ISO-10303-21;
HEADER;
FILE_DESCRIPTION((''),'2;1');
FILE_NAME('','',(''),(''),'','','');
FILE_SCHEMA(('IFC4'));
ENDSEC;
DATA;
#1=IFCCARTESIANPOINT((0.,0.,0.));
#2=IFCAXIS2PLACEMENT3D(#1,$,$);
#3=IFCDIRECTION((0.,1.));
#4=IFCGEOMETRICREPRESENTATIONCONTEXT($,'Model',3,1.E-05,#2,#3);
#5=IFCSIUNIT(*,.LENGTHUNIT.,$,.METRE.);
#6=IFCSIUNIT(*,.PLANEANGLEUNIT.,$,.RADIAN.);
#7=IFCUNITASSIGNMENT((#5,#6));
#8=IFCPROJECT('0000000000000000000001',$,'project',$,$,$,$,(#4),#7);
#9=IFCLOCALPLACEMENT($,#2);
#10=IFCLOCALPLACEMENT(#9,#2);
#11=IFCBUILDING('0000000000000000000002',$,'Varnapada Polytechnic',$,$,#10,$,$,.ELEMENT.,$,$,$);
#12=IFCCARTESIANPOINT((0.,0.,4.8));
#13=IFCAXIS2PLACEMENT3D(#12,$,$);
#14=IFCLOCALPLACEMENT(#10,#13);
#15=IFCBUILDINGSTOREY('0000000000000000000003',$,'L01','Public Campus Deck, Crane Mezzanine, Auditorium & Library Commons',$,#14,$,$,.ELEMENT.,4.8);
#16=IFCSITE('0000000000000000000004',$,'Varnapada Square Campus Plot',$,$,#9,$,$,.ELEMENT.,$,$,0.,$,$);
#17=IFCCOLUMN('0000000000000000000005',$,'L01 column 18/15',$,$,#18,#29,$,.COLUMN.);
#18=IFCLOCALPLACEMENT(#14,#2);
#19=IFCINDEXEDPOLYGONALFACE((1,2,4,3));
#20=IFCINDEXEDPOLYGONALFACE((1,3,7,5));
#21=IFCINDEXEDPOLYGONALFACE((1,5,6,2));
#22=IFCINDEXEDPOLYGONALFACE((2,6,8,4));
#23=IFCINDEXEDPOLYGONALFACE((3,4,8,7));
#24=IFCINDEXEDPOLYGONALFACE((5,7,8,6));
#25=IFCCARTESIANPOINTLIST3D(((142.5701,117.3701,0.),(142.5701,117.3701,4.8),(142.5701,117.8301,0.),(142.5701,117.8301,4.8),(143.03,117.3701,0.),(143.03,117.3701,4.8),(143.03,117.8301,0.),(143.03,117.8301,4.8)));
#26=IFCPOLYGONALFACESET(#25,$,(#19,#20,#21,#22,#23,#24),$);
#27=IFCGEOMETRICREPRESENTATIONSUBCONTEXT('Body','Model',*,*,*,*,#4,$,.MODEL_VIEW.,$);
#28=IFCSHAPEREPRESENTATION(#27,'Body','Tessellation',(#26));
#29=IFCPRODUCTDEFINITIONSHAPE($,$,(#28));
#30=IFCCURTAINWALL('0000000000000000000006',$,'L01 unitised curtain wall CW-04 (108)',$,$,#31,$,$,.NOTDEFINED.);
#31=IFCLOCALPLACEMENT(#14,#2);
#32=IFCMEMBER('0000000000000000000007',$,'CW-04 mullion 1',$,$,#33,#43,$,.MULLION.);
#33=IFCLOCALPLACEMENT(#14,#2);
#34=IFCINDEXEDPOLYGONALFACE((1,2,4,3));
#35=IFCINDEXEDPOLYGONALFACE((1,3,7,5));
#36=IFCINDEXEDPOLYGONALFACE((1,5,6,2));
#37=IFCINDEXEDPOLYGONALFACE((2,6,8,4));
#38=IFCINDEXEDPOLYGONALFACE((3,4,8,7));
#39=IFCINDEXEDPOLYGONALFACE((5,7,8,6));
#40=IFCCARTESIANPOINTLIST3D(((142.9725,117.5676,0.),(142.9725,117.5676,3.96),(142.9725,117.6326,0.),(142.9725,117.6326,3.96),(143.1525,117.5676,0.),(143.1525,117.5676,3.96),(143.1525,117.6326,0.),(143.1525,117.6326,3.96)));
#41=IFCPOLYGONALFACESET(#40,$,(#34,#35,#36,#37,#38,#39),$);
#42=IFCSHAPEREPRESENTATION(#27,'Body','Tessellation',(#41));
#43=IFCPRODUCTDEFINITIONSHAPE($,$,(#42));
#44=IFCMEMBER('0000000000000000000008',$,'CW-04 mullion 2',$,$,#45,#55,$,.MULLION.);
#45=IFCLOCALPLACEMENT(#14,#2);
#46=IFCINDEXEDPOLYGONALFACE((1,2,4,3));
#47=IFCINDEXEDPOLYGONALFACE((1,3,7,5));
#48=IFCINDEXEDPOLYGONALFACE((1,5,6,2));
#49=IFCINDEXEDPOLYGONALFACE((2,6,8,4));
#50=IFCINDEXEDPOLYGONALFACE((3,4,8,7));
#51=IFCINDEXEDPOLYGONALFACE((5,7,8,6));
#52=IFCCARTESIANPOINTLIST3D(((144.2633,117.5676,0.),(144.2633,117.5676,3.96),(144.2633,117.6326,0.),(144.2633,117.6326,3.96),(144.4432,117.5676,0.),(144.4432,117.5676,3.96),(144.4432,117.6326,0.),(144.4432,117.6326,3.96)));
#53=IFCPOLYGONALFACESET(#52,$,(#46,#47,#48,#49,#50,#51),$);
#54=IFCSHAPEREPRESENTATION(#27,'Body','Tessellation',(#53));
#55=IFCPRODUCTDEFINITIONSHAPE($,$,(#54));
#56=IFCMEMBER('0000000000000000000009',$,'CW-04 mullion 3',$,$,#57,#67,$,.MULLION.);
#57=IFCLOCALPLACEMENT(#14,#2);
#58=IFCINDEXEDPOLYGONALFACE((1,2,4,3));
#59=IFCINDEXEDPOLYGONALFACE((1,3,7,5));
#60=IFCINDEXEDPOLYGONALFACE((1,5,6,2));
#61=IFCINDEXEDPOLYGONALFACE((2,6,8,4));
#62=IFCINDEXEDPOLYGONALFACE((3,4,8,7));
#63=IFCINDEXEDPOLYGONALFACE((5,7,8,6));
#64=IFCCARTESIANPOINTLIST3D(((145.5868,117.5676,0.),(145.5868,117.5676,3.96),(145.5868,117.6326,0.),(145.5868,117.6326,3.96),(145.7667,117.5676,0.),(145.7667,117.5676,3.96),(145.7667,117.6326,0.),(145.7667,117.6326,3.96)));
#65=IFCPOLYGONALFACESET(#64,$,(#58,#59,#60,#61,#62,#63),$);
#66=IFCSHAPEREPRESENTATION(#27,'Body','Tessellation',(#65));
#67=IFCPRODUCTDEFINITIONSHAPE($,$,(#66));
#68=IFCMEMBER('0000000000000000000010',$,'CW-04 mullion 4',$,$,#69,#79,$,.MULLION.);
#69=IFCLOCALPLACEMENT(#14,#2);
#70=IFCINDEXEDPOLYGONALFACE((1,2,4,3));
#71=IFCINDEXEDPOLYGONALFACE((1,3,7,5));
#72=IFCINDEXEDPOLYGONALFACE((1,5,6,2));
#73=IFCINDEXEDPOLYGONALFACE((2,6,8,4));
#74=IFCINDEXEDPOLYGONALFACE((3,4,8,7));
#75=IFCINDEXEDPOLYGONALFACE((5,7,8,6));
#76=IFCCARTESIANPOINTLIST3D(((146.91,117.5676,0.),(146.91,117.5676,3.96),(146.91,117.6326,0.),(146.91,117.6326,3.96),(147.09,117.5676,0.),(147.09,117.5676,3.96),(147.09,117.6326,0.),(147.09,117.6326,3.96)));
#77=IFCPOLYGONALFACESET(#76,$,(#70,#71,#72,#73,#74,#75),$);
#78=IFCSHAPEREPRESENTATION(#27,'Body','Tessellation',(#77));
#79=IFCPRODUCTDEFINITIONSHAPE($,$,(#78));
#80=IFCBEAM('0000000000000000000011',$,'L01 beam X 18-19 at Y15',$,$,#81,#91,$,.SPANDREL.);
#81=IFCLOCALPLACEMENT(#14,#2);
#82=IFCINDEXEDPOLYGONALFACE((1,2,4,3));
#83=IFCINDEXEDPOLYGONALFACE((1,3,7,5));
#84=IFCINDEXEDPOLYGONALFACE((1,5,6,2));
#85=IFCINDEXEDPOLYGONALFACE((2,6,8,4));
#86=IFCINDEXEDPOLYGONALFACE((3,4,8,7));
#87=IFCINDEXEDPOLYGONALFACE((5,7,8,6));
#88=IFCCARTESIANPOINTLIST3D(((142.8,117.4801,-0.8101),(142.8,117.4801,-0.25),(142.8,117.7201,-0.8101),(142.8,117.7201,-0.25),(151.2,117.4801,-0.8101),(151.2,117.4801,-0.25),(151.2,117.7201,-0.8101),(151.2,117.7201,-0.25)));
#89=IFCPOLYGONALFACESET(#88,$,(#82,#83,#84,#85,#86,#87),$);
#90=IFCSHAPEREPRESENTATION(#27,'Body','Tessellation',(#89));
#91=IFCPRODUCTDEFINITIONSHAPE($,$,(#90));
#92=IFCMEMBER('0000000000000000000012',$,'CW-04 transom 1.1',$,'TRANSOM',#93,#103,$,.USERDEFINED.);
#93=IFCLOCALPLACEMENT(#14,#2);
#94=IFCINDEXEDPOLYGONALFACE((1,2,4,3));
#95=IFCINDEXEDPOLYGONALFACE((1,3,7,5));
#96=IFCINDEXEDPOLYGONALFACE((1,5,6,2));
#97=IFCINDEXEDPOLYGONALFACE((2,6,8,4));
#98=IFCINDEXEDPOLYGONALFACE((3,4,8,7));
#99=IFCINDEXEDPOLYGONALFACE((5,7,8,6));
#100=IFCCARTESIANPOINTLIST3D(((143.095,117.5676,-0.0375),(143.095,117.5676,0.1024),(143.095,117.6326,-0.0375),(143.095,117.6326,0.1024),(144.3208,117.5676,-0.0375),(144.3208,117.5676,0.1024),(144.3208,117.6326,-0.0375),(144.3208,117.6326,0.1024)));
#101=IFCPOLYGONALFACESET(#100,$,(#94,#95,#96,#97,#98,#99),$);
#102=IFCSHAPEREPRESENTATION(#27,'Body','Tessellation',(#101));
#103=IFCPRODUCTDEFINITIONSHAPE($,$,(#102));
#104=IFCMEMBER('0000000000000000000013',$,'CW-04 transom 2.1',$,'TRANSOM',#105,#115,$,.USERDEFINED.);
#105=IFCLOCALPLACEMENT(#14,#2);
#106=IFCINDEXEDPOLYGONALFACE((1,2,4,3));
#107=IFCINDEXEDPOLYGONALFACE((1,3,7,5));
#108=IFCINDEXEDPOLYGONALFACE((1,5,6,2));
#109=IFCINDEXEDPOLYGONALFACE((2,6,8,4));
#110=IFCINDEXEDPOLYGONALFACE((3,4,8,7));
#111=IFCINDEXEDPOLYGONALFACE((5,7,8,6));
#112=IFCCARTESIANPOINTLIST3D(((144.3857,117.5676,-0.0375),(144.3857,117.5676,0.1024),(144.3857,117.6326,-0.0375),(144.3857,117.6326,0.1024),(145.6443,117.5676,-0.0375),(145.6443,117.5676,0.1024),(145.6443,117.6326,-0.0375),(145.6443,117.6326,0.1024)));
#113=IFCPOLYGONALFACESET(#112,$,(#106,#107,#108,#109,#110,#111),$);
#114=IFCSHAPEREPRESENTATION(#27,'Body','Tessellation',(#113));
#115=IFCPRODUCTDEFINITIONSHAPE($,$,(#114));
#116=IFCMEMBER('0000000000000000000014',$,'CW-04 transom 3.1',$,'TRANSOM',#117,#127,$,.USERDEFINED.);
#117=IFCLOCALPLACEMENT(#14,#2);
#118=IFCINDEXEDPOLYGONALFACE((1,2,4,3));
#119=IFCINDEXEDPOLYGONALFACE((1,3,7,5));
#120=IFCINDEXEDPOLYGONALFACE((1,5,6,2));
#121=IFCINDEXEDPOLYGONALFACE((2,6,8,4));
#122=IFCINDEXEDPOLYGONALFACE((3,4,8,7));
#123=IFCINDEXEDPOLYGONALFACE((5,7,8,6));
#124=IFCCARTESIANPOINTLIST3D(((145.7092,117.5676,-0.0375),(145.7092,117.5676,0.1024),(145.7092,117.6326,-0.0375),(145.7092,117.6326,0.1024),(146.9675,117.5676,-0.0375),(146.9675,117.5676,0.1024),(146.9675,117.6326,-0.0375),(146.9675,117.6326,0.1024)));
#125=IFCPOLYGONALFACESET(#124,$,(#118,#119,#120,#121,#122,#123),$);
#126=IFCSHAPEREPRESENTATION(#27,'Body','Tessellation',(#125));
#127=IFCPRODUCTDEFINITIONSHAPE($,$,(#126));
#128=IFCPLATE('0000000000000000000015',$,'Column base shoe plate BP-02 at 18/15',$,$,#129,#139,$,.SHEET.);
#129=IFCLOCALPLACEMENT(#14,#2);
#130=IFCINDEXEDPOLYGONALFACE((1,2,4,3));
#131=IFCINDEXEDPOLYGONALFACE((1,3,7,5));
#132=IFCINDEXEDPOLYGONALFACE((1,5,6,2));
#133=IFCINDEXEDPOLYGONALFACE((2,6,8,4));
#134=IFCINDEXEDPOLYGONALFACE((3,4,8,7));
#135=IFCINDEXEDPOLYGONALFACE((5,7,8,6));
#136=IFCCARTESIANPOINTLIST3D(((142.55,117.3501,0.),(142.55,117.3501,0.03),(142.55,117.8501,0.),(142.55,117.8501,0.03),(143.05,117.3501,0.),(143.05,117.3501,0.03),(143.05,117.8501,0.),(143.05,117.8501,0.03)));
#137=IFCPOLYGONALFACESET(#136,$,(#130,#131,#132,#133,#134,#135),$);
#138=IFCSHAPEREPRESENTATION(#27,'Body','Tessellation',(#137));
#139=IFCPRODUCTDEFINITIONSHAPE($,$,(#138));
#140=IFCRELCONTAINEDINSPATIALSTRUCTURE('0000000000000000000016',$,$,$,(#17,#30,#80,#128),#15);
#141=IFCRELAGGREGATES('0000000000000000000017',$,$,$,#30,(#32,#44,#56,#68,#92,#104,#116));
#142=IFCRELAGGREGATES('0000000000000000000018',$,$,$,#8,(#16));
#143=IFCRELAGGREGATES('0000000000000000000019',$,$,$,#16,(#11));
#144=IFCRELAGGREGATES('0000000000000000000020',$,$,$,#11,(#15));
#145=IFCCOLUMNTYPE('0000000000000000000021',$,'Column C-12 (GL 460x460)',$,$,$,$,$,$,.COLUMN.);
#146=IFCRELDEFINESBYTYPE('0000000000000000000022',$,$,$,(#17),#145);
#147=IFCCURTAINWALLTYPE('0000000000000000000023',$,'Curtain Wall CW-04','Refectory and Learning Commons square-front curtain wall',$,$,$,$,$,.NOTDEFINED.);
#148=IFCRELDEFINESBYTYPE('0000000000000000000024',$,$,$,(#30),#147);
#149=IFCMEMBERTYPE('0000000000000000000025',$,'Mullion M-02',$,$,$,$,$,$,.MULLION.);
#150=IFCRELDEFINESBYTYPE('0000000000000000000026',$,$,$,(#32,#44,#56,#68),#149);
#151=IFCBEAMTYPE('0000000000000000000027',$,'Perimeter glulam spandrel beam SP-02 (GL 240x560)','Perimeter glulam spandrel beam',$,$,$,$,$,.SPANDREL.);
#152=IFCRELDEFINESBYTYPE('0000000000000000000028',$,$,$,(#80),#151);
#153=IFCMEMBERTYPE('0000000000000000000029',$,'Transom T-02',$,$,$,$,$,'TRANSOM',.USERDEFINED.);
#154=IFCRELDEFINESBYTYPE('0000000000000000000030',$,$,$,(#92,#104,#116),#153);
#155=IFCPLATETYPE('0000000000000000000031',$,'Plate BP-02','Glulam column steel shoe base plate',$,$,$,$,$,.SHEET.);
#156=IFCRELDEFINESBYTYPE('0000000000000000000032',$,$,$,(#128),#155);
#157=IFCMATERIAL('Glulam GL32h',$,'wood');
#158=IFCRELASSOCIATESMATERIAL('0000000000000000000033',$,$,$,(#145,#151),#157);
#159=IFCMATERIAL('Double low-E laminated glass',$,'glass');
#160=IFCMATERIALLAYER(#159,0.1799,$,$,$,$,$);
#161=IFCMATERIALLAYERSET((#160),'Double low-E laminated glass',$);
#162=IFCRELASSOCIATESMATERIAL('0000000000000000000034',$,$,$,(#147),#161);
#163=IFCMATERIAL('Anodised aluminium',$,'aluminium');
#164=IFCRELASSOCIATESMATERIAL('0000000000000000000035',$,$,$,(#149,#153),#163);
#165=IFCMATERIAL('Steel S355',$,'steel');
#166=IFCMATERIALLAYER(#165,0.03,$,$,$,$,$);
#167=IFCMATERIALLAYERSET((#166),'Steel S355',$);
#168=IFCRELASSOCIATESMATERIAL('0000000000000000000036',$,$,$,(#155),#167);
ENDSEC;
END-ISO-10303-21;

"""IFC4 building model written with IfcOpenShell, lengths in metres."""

from ifc_helpers import new_model, si_unit, direction, frame, origin, origin_2d, place, context, subcontext, project, spatial, rectangle, extrude, material, layer, layer_set, material_profile, profile_set, type_object, element, aggregate, save


model = new_model("IFC4")

# Units and contexts
model_context = context("Model", 3, precision=1e-05, world=origin(), true_north=direction((0.0, 1.0)))
body_context = subcontext(model_context, "Body", "Model", "MODEL_VIEW")
ifc_project = project(units=[si_unit("LENGTHUNIT", "METRE"), si_unit("PLANEANGLEUNIT", "RADIAN")], contexts=[model_context])

# Site, building, storey
site_placement = place(None, origin())
site = spatial("IfcSite", under=ifc_project, at=site_placement, Name="Varnapada Square Campus Plot", CompositionType="ELEMENT", RefElevation=0.0)
building_placement = place(site_placement, origin())
building = spatial("IfcBuilding", under=site, at=building_placement, Name="Varnapada Polytechnic", CompositionType="ELEMENT")
storey_placement = place(building_placement, frame((0.0, 0.0, 4.8)))
storey = spatial("IfcBuildingStorey", under=building, at=storey_placement, Name="L01", Description="Public Campus Deck, Crane Mezzanine, Auditorium & Library Commons", CompositionType="ELEMENT", Elevation=4.8)

# Column
ifc_material_1 = material(Name="Glulam GL32h", Category="wood")
ifc_material_profile_1 = material_profile(ifc_material_1, rectangle(XDim=0.46, YDim=0.46, at=origin_2d()), Name="GL 460x460")
ifc_profile_set_1 = profile_set([ifc_material_profile_1], Name="Glulam GL32h")
column_type = type_object("IfcColumnType", Name="Column C-12 (GL 460x460)", PredefinedType="COLUMN", material=ifc_profile_set_1)
column_placement = place(storey_placement, frame((142.8, 117.6001, 0.0), z_axis=(0.0, 0.0, 1.0), x_axis=(1.0, 0.0, 0.0)))
element("IfcColumn", 1, at=column_placement, inside=storey, type_object=column_type, Name="L01 column 18/15", PredefinedType="COLUMN", context=body_context, shape_type="SweptSolid", body=[
    extrude(rectangle(XDim=0.46, YDim=0.46, at=origin_2d()), origin(), (0.0, 0.0, 1.0), 4.8),
])

# Curtain wall, members
ifc_material_2 = material(Name="Double low-E laminated glass", Category="glass")
ifc_layer_1 = layer(ifc_material_2, 0.1799)
ifc_layer_set_1 = layer_set([ifc_layer_1], Name="Double low-E laminated glass")
curtain_wall_type = type_object("IfcCurtainWallType", Name="Curtain Wall CW-04", Description="Refectory and Learning Commons square-front curtain wall", PredefinedType="NOTDEFINED", material=ifc_layer_set_1)
curtain_wall_placement = place(storey_placement, origin())
curtain_wall = element("IfcCurtainWall", 2, at=curtain_wall_placement, inside=storey, type_object=curtain_wall_type, Name="L01 unitised curtain wall CW-04 (108)", PredefinedType="NOTDEFINED")
ifc_material_3 = material(Name="Anodised aluminium", Category="aluminium")
ifc_material_profile_2 = material_profile(ifc_material_3, rectangle(XDim=0.0649, YDim=0.1799, at=origin_2d()), Name="ALU M65x180")
ifc_profile_set_2 = profile_set([ifc_material_profile_2], Name="Anodised aluminium")
member_type_1 = type_object("IfcMemberType", Name="Mullion M-02", PredefinedType="MULLION", material=ifc_profile_set_2)
member_1_placement = place(storey_placement, frame((143.0625, 117.6001, 0.0), z_axis=(0.0, 0.0, 1.0), x_axis=(0.0, 1.0, 0.0)))
member_1 = element("IfcMember", 3, at=member_1_placement, type_object=member_type_1, Name="CW-04 mullion 1", PredefinedType="MULLION", context=body_context, shape_type="SweptSolid", body=[
    extrude(rectangle(XDim=0.0649, YDim=0.1799, at=origin_2d()), origin(), (0.0, 0.0, 1.0), 3.96),
])
member_2_placement = place(storey_placement, frame((144.3533, 117.6001, 0.0), z_axis=(0.0, 0.0, 1.0), x_axis=(0.0, 1.0, 0.0)))
member_2 = element("IfcMember", 4, at=member_2_placement, type_object=member_type_1, Name="CW-04 mullion 2", PredefinedType="MULLION", context=body_context, shape_type="SweptSolid", body=[
    extrude(rectangle(XDim=0.0649, YDim=0.1799, at=origin_2d()), origin(), (0.0, 0.0, 1.0), 3.96),
])
member_3_placement = place(storey_placement, frame((145.6768, 117.6001, 0.0), z_axis=(0.0, 0.0, 1.0), x_axis=(0.0, 1.0, 0.0)))
member_3 = element("IfcMember", 5, at=member_3_placement, type_object=member_type_1, Name="CW-04 mullion 3", PredefinedType="MULLION", context=body_context, shape_type="SweptSolid", body=[
    extrude(rectangle(XDim=0.0649, YDim=0.1799, at=origin_2d()), origin(), (0.0, 0.0, 1.0), 3.96),
])
member_4_placement = place(storey_placement, frame((147.0, 117.6001, 0.0), z_axis=(0.0, 0.0, 1.0), x_axis=(0.0, 1.0, 0.0)))
member_4 = element("IfcMember", 6, at=member_4_placement, type_object=member_type_1, Name="CW-04 mullion 4", PredefinedType="MULLION", context=body_context, shape_type="SweptSolid", body=[
    extrude(rectangle(XDim=0.0649, YDim=0.1799, at=origin_2d()), origin(), (0.0, 0.0, 1.0), 3.96),
])

# Beam
ifc_material_profile_3 = material_profile(ifc_material_1, rectangle(XDim=0.24, YDim=0.5601, at=origin_2d()), Name="GL 240x560")
ifc_profile_set_3 = profile_set([ifc_material_profile_3], Name="Glulam GL32h")
beam_type = type_object("IfcBeamType", Name="Perimeter glulam spandrel beam SP-02 (GL 240x560)", Description="Perimeter glulam spandrel beam", PredefinedType="SPANDREL", material=ifc_profile_set_3)
beam_placement = place(storey_placement, frame((142.8, 117.6001, -0.53), z_axis=(1.0, 0.0, 0.0), x_axis=(0.0, 1.0, 0.0)))
element("IfcBeam", 7, at=beam_placement, inside=storey, type_object=beam_type, Name="L01 beam X 18-19 at Y15", PredefinedType="SPANDREL", context=body_context, shape_type="SweptSolid", body=[
    extrude(rectangle(XDim=0.24, YDim=0.5601, at=origin_2d()), origin(), (0.0, 0.0, 1.0), 8.3999),
])

# Members
ifc_material_profile_4 = material_profile(ifc_material_3, rectangle(XDim=0.0649, YDim=0.1399, at=origin_2d()), Name="ALU T65x140")
ifc_profile_set_4 = profile_set([ifc_material_profile_4], Name="Anodised aluminium")
member_type_2 = type_object("IfcMemberType", Name="Transom T-02", ElementType="TRANSOM", PredefinedType="USERDEFINED", material=ifc_profile_set_4)
member_5_placement = place(storey_placement, frame((143.095, 117.6001, 0.0325), z_axis=(1.0, 0.0, 0.0), x_axis=(0.0, 1.0, 0.0)))
member_5 = element("IfcMember", 8, at=member_5_placement, type_object=member_type_2, Name="CW-04 transom 1.1", ObjectType="TRANSOM", PredefinedType="USERDEFINED", context=body_context, shape_type="SweptSolid", body=[
    extrude(rectangle(XDim=0.0649, YDim=0.1399, at=origin_2d()), origin(), (0.0, 0.0, 1.0), 1.2258),
])
member_6_placement = place(storey_placement, frame((144.3857, 117.6001, 0.0325), z_axis=(1.0, 0.0, 0.0), x_axis=(0.0, 1.0, 0.0)))
member_6 = element("IfcMember", 9, at=member_6_placement, type_object=member_type_2, Name="CW-04 transom 2.1", ObjectType="TRANSOM", PredefinedType="USERDEFINED", context=body_context, shape_type="SweptSolid", body=[
    extrude(rectangle(XDim=0.0649, YDim=0.1399, at=origin_2d()), origin(), (0.0, 0.0, 1.0), 1.2585),
])
member_7_placement = place(storey_placement, frame((145.7092, 117.6001, 0.0325), z_axis=(1.0, 0.0, 0.0), x_axis=(0.0, 1.0, 0.0)))
member_7 = element("IfcMember", 10, at=member_7_placement, type_object=member_type_2, Name="CW-04 transom 3.1", ObjectType="TRANSOM", PredefinedType="USERDEFINED", context=body_context, shape_type="SweptSolid", body=[
    extrude(rectangle(XDim=0.0649, YDim=0.1399, at=origin_2d()), origin(), (0.0, 0.0, 1.0), 1.2583),
])
aggregate(curtain_wall, [member_1, member_2, member_3, member_4, member_5, member_6, member_7])

# Plate
ifc_material_4 = material(Name="Steel S355", Category="steel")
ifc_layer_2 = layer(ifc_material_4, 0.03)
ifc_layer_set_2 = layer_set([ifc_layer_2], Name="Steel S355")
plate_type = type_object("IfcPlateType", Name="Plate BP-02", Description="Glulam column steel shoe base plate", PredefinedType="SHEET", material=ifc_layer_set_2)
plate_placement = place(storey_placement, frame((142.8, 117.6001, 0.0), z_axis=(0.0, 0.0, 1.0), x_axis=(1.0, 0.0, 0.0)))
element("IfcPlate", 11, at=plate_placement, inside=storey, type_object=plate_type, Name="Column base shoe plate BP-02 at 18/15", PredefinedType="SHEET", context=body_context, shape_type="SweptSolid", body=[
    extrude(rectangle(XDim=0.5, YDim=0.5, at=origin_2d()), origin(), (0.0, 0.0, 1.0), 0.03),
])

save(model, "model.ifc")
